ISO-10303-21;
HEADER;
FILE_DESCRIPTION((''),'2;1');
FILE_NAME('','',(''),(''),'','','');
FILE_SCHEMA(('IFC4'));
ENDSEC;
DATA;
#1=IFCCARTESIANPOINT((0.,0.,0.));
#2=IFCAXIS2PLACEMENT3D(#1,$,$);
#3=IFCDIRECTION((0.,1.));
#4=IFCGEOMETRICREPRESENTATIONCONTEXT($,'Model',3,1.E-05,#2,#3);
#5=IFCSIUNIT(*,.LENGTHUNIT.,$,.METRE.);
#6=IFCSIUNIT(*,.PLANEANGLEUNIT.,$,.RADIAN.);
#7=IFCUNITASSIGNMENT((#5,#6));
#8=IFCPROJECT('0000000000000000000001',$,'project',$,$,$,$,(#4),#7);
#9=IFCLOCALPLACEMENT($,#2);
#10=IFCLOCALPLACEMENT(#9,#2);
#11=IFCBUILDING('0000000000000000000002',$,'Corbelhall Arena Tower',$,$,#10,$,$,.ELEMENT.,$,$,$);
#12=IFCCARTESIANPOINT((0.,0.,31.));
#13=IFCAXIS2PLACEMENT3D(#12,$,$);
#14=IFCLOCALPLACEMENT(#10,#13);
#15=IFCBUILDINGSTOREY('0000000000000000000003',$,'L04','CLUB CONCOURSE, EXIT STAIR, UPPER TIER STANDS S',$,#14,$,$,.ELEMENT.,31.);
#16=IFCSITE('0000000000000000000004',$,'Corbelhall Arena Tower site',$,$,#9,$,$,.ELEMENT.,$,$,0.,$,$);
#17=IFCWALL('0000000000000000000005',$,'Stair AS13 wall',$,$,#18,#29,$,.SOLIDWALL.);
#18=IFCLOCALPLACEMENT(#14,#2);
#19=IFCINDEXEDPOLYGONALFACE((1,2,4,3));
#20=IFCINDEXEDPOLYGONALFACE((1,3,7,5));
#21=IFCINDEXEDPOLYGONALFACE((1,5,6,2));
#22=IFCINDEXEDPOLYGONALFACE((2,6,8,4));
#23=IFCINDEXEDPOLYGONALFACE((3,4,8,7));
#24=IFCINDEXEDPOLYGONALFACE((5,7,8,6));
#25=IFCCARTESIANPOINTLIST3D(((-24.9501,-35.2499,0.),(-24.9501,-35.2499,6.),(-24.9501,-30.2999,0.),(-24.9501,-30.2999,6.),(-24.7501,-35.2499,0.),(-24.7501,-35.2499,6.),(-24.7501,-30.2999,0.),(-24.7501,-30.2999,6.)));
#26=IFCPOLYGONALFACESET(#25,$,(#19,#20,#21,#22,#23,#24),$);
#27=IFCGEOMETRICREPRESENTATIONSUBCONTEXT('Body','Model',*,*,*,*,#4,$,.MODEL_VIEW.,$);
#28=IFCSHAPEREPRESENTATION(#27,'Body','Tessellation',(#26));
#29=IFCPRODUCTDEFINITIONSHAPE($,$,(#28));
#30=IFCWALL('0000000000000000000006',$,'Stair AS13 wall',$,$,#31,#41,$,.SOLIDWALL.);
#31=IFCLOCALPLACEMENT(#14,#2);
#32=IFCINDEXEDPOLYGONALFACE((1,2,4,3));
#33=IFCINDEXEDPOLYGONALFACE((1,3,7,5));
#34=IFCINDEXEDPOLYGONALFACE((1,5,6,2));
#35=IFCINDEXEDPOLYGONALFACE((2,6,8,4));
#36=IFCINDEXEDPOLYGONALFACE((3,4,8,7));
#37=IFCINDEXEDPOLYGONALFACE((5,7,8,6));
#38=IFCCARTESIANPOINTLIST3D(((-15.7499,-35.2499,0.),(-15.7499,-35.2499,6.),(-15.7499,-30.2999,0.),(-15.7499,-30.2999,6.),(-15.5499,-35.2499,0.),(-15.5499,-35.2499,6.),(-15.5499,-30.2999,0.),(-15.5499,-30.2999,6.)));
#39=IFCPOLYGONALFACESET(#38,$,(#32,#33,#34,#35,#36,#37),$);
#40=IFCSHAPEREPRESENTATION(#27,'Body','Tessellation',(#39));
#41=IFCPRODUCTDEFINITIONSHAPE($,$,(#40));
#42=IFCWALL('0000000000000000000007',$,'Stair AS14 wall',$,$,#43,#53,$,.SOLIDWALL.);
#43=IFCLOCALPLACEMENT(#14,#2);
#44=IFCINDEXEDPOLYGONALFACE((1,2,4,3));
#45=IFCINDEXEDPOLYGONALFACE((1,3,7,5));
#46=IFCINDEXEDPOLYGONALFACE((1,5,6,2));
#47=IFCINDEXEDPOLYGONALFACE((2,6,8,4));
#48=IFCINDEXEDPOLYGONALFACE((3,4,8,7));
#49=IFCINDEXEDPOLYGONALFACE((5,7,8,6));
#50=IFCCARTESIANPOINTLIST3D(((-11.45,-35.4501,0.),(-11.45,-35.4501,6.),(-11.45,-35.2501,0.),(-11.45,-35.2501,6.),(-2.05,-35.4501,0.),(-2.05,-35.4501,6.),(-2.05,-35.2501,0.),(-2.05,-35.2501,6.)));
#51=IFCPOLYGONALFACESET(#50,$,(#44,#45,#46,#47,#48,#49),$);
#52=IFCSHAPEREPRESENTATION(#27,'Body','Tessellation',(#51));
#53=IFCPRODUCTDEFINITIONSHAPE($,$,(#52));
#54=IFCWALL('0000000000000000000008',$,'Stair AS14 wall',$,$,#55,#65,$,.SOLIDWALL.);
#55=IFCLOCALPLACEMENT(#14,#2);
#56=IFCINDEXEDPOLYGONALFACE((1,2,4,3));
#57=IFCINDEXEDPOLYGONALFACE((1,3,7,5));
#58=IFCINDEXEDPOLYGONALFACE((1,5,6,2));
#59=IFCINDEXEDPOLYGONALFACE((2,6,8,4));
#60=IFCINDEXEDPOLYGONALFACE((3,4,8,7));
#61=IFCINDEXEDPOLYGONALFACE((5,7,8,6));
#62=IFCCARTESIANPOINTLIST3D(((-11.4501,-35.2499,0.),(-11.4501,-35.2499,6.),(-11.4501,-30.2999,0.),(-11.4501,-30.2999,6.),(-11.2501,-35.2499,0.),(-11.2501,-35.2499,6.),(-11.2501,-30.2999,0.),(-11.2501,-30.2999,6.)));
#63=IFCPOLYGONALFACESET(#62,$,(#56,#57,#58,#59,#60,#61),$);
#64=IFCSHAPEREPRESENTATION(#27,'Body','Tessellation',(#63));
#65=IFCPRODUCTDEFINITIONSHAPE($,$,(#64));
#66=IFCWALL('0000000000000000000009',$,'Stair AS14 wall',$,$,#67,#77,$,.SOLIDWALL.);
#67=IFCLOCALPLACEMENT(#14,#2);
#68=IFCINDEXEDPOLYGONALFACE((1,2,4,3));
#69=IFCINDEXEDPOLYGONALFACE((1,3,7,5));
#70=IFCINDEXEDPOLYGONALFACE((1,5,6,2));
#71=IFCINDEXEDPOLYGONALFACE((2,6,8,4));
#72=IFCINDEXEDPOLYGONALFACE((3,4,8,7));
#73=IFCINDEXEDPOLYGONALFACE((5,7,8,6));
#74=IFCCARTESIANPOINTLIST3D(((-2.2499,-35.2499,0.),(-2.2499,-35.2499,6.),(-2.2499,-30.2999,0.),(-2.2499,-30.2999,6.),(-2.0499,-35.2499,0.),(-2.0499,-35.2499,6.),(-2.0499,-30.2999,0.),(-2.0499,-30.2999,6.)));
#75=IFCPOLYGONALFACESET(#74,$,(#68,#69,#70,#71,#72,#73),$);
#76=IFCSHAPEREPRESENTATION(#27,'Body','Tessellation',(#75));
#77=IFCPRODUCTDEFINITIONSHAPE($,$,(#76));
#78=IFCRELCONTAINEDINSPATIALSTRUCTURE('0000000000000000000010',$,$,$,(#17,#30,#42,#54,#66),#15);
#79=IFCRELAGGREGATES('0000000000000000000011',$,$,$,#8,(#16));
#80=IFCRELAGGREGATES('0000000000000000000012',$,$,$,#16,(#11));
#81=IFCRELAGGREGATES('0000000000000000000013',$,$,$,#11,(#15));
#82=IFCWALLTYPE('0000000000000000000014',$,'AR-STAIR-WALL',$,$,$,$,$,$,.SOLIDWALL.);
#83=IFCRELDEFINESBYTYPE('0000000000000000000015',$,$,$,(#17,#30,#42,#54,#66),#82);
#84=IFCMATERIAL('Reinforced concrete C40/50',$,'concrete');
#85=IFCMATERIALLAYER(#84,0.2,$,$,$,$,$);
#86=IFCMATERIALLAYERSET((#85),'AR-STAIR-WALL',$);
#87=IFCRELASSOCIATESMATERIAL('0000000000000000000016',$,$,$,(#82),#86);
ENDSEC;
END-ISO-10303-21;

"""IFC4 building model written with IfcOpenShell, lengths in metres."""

from ifc_helpers import new_model, si_unit, direction, frame, frame_2d, origin, place, context, subcontext, project, spatial, rectangle, extrude, material, layer, layer_set, type_object, element, save


model = new_model("IFC4")

# Units and contexts
model_context = context("Model", 3, precision=1e-05, world=origin(), true_north=direction((0.0, 1.0)))
body_context = subcontext(model_context, "Body", "Model", "MODEL_VIEW")
ifc_project = project(units=[si_unit("LENGTHUNIT", "METRE"), si_unit("PLANEANGLEUNIT", "RADIAN")], contexts=[model_context])

# Site, building, storey
site_placement = place(None, origin())
site = spatial("IfcSite", under=ifc_project, at=site_placement, Name="Corbelhall Arena Tower site", CompositionType="ELEMENT", RefElevation=0.0)
building_placement = place(site_placement, origin())
building = spatial("IfcBuilding", under=site, at=building_placement, Name="Corbelhall Arena Tower", CompositionType="ELEMENT")
storey_placement = place(building_placement, frame((0.0, 0.0, 31.0)))
storey = spatial("IfcBuildingStorey", under=building, at=storey_placement, Name="L04", Description="CLUB CONCOURSE, EXIT STAIR, UPPER TIER STANDS S", CompositionType="ELEMENT", Elevation=31.0)

# Walls
ifc_material_1 = material(Name="Reinforced concrete C40/50", Category="concrete")
ifc_layer_1 = layer(ifc_material_1, 0.2)
ifc_layer_set_1 = layer_set([ifc_layer_1], Name="AR-STAIR-WALL")
wall_type_1 = type_object("IfcWallType", Name="AR-STAIR-WALL", PredefinedType="SOLIDWALL", material=ifc_layer_set_1)
for number, where, z_axis, x_axis, name in (
    (1, (-24.8501, -35.25, 0.0), (0.0, 0.0, 1.0), (0.0, 1.0, 0.0), "Stair AS13 wall"),
    (2, (-15.6499, -35.25, 0.0), (0.0, 0.0, 1.0), (0.0, 1.0, 0.0), "Stair AS13 wall"),
):
    element("IfcWall", number, at=place(storey_placement, frame(where, z_axis=z_axis, x_axis=x_axis)), inside=storey, type_object=wall_type_1, Name=name, PredefinedType="SOLIDWALL", context=body_context, shape_type="SweptSolid", body=[
        extrude(rectangle(XDim=4.95, YDim=0.2, at=frame_2d((2.4751, 0.0))), origin(), (0.0, 0.0, 1.0), 6.0),
    ])
wall_1_placement = place(storey_placement, frame((-11.45, -35.3501, 0.0), z_axis=(0.0, 0.0, 1.0), x_axis=(1.0, 0.0, 0.0)))
element("IfcWall", 3, at=wall_1_placement, inside=storey, type_object=wall_type_1, Name="Stair AS14 wall", PredefinedType="SOLIDWALL", context=body_context, shape_type="SweptSolid", body=[
    extrude(rectangle(XDim=9.3999, YDim=0.2, at=frame_2d((4.7, 0.0))), origin(), (0.0, 0.0, 1.0), 6.0),
])
for number, where, z_axis, x_axis, name in (
    (4, (-11.3501, -35.25, 0.0), (0.0, 0.0, 1.0), (0.0, 1.0, 0.0), "Stair AS14 wall"),
    (5, (-2.1499, -35.25, 0.0), (0.0, 0.0, 1.0), (0.0, 1.0, 0.0), "Stair AS14 wall"),
):
    element("IfcWall", number, at=place(storey_placement, frame(where, z_axis=z_axis, x_axis=x_axis)), inside=storey, type_object=wall_type_1, Name=name, PredefinedType="SOLIDWALL", context=body_context, shape_type="SweptSolid", body=[
        extrude(rectangle(XDim=4.95, YDim=0.2, at=frame_2d((2.4751, 0.0))), origin(), (0.0, 0.0, 1.0), 6.0),
    ])

save(model, "model.ifc")
